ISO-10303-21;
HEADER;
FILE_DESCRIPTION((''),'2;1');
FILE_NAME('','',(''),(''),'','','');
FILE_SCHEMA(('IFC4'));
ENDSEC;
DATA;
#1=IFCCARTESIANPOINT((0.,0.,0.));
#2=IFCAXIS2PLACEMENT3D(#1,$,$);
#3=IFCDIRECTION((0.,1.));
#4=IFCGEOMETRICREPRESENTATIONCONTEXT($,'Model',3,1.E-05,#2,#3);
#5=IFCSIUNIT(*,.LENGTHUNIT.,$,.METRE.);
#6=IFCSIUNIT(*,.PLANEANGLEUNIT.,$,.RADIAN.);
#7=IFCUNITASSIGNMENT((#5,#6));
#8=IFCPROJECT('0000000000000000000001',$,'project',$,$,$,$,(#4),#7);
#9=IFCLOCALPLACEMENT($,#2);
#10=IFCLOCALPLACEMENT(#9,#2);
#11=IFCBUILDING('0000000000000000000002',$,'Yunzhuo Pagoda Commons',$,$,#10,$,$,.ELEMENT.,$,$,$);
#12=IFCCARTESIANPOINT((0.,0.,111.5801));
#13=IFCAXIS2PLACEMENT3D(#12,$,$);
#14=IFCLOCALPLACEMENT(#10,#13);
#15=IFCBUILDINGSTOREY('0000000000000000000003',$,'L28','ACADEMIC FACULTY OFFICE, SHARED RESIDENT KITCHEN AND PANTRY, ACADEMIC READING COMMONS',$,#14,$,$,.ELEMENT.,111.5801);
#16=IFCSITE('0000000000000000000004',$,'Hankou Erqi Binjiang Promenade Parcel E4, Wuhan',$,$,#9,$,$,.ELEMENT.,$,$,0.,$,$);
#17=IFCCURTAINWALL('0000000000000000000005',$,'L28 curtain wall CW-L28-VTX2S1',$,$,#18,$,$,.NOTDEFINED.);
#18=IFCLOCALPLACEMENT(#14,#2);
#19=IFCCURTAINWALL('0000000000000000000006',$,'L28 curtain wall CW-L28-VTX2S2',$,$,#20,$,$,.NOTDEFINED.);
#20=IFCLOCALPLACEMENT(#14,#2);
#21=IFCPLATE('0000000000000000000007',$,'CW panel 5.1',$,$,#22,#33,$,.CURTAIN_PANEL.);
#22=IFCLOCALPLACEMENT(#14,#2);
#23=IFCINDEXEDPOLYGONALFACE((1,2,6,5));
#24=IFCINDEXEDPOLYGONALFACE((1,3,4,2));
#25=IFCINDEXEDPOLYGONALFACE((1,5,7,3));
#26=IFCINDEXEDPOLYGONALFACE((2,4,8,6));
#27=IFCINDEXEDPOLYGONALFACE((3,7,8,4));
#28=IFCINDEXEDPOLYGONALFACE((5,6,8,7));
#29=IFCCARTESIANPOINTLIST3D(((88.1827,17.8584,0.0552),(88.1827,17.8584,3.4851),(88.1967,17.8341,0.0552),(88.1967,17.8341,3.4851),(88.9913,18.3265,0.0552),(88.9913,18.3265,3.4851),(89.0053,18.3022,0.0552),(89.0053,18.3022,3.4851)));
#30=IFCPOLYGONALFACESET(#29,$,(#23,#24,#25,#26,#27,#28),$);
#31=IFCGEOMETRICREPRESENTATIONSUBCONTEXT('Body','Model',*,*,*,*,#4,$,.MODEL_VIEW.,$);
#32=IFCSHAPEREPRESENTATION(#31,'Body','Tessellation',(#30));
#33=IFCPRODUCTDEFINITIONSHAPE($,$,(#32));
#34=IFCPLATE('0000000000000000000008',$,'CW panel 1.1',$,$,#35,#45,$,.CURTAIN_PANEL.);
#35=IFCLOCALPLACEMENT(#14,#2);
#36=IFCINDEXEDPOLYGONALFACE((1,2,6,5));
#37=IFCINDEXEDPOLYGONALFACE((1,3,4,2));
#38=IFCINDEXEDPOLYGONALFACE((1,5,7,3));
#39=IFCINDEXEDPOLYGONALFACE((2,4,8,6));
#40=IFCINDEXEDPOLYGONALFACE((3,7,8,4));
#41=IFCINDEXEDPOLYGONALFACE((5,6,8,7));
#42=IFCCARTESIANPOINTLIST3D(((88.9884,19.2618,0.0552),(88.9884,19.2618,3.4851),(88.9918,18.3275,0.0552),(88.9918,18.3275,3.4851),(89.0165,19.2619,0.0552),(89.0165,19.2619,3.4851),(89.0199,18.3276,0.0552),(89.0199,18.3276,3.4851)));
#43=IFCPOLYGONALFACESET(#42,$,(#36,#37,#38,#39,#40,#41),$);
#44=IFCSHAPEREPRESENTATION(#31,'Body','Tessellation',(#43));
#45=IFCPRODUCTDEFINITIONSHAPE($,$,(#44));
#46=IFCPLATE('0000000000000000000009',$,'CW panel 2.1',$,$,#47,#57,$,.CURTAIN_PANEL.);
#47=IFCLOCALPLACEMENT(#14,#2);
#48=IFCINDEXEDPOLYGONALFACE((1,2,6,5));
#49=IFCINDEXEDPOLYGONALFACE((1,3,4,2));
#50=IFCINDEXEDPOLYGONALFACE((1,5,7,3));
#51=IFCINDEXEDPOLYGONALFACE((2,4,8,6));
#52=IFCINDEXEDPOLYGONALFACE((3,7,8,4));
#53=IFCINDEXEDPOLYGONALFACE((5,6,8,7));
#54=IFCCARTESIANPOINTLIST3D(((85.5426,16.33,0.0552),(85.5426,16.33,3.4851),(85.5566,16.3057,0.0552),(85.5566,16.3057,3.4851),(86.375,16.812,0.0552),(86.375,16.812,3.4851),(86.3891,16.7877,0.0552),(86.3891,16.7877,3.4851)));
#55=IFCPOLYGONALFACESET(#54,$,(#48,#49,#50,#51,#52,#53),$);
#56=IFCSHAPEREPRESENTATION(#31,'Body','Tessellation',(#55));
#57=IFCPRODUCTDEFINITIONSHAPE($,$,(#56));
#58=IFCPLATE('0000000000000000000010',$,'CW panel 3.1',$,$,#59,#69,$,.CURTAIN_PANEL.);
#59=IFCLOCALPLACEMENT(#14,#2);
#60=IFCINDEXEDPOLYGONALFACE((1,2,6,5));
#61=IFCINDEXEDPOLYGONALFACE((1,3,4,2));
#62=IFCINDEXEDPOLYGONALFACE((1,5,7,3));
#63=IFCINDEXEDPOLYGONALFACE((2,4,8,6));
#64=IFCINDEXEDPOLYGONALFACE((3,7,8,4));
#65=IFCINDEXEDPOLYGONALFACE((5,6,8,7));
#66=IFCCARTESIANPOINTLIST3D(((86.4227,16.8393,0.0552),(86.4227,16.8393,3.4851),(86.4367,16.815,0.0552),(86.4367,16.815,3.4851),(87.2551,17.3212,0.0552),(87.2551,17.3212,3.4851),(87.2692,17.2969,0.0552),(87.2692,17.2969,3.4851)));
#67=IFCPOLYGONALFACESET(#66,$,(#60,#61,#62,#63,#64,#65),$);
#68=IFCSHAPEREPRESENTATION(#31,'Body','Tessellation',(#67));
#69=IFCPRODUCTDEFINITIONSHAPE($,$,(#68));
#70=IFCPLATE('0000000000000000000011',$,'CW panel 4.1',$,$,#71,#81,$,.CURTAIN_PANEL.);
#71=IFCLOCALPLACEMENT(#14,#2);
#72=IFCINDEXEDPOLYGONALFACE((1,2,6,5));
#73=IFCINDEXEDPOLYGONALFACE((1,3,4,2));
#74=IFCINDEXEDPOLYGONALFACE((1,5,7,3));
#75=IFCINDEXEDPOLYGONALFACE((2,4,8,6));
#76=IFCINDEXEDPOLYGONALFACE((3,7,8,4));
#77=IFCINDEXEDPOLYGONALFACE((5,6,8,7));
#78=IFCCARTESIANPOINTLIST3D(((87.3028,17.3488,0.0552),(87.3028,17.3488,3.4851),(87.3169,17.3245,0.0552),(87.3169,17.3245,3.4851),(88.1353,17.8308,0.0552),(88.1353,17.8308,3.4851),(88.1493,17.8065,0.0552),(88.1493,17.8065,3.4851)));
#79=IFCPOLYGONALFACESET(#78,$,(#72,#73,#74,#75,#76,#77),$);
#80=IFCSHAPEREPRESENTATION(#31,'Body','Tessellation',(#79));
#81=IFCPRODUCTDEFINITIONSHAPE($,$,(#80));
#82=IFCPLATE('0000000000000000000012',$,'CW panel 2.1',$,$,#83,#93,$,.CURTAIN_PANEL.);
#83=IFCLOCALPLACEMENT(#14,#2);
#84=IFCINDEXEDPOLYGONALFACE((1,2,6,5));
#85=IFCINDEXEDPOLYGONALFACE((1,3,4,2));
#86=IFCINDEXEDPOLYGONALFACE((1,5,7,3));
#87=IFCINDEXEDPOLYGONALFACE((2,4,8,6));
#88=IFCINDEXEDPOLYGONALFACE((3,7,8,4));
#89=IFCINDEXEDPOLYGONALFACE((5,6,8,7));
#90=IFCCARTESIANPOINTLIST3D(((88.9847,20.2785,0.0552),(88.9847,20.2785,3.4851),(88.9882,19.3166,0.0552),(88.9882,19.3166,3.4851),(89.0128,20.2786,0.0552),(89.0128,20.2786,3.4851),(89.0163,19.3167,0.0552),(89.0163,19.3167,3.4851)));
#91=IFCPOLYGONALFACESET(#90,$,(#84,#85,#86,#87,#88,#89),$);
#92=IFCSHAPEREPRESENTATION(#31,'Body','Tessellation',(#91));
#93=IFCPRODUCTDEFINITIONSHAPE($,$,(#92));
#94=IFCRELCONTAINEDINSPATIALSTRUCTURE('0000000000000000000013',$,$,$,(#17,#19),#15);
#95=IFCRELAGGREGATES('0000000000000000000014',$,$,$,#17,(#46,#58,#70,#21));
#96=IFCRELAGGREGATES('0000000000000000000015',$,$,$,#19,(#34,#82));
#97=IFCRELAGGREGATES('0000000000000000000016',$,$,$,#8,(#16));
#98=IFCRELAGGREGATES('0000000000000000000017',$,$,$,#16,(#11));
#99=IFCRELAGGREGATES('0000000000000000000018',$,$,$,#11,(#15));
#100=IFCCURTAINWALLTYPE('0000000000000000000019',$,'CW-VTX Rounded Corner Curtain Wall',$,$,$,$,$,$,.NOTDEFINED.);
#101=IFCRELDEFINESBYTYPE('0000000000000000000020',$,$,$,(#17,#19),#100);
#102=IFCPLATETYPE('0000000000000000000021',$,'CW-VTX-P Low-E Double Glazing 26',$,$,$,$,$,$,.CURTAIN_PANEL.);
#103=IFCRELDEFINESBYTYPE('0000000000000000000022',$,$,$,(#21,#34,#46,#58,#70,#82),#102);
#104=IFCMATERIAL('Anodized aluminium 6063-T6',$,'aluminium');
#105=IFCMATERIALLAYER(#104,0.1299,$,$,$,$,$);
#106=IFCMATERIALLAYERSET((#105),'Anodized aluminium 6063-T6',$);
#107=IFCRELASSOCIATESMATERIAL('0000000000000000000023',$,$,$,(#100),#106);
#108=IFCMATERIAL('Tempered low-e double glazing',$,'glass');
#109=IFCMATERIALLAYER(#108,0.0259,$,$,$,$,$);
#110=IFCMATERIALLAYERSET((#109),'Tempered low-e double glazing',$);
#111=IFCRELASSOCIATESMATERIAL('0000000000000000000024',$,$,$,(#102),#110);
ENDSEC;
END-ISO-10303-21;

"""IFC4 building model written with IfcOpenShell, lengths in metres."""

from ifc_helpers import new_model, si_unit, direction, frame, origin, origin_2d, place, context, subcontext, project, spatial, rectangle, extrude, source, transform, mapped, material, layer, layer_set, type_object, element, aggregate, save


model = new_model("IFC4")

# Units and contexts
model_context = context("Model", 3, precision=1e-05, world=origin(), true_north=direction((0.0, 1.0)))
body_context = subcontext(model_context, "Body", "Model", "MODEL_VIEW")
ifc_project = project(units=[si_unit("LENGTHUNIT", "METRE"), si_unit("PLANEANGLEUNIT", "RADIAN")], contexts=[model_context])

# Site, building, storey
site_placement = place(None, origin())
site = spatial("IfcSite", under=ifc_project, at=site_placement, Name="Hankou Erqi Binjiang Promenade Parcel E4, Wuhan", CompositionType="ELEMENT", RefElevation=0.0)
building_placement = place(site_placement, origin())
building = spatial("IfcBuilding", under=site, at=building_placement, Name="Yunzhuo Pagoda Commons", CompositionType="ELEMENT")
storey_placement = place(building_placement, frame((0.0, 0.0, 111.5801)))
storey = spatial("IfcBuildingStorey", under=building, at=storey_placement, Name="L28", Description="ACADEMIC FACULTY OFFICE, SHARED RESIDENT KITCHEN AND PANTRY, ACADEMIC READING COMMONS", CompositionType="ELEMENT", Elevation=111.5801)

# Shared definitions
ifc_material_1 = material(Name="Anodized aluminium 6063-T6", Category="aluminium")

# Curtain wall
ifc_layer_1 = layer(ifc_material_1, 0.1299)
ifc_layer_set_1 = layer_set([ifc_layer_1], Name="Anodized aluminium 6063-T6")
curtain_wall_type_1 = type_object("IfcCurtainWallType", Name="CW-VTX Rounded Corner Curtain Wall", PredefinedType="NOTDEFINED", material=ifc_layer_set_1)
curtain_wall_1_placement = place(storey_placement, origin())
curtain_wall_1 = element("IfcCurtainWall", 1, at=curtain_wall_1_placement, inside=storey, type_object=curtain_wall_type_1, Name="L28 curtain wall CW-L28-VTX2S1", PredefinedType="NOTDEFINED")

# Curtain wall
curtain_wall_2_placement = place(storey_placement, origin())
curtain_wall_2 = element("IfcCurtainWall", 2, at=curtain_wall_2_placement, inside=storey, type_object=curtain_wall_type_1, Name="L28 curtain wall CW-L28-VTX2S2", PredefinedType="NOTDEFINED")

# Plates
ifc_material_2 = material(Name="Tempered low-e double glazing", Category="glass")
ifc_layer_2 = layer(ifc_material_2, 0.0259)
ifc_layer_set_2 = layer_set([ifc_layer_2], Name="Tempered low-e double glazing")
plate_type = type_object("IfcPlateType", Name="CW-VTX-P Low-E Double Glazing 26", PredefinedType="CURTAIN_PANEL", material=ifc_layer_set_2)
shared_shape_1 = source(origin(), body_context, "Body", "SweptSolid", [
    extrude(rectangle(XDim=0.9343, YDim=0.0281, at=origin_2d()), origin(), (0.0, 0.0, 1.0), 3.4299),
])
plate_1_placement = place(storey_placement, frame((88.594, 18.0803, 0.0552), z_axis=(0.0, 0.0, 1.0), x_axis=(0.865429, 0.501032, 0.0)))
plate_1 = element("IfcPlate", 3, at=plate_1_placement, type_object=plate_type, Name="CW panel 5.1", PredefinedType="CURTAIN_PANEL", context=body_context, shape_type="MappedRepresentation", body=[
    mapped(shared_shape_1, transform((0.0, 0.0, 0.0), scale=1.0)),
])
plate_2_placement = place(storey_placement, frame((89.0042, 18.7947, 0.0552), z_axis=(0.0, 0.0, 1.0), x_axis=(-0.003599, 0.999994, 0.0)))
plate_2 = element("IfcPlate", 4, at=plate_2_placement, type_object=plate_type, Name="CW panel 1.1", PredefinedType="CURTAIN_PANEL", context=body_context, shape_type="MappedRepresentation", body=[
    mapped(shared_shape_1, transform((0.0, 0.0, 0.0), scale=1.0)),
])
shared_shape_2 = source(origin(), body_context, "Body", "SweptSolid", [
    extrude(rectangle(XDim=0.9619, YDim=0.0281, at=origin_2d()), origin(), (0.0, 0.0, 1.0), 3.4299),
])
plate_3_placement = place(storey_placement, frame((85.9658, 16.5588, 0.0552), z_axis=(0.0, 0.0, 1.0), x_axis=(0.865429, 0.501032, 0.0)))
plate_3 = element("IfcPlate", 5, at=plate_3_placement, type_object=plate_type, Name="CW panel 2.1", PredefinedType="CURTAIN_PANEL", context=body_context, shape_type="MappedRepresentation", body=[
    mapped(shared_shape_2, transform((0.0, 0.0, 0.0), scale=1.0)),
])
plate_4_placement = place(storey_placement, frame((86.8459, 17.0681, 0.0552), z_axis=(0.0, 0.0, 1.0), x_axis=(0.865429, 0.501032, 0.0)))
plate_4 = element("IfcPlate", 6, at=plate_4_placement, type_object=plate_type, Name="CW panel 3.1", PredefinedType="CURTAIN_PANEL", context=body_context, shape_type="MappedRepresentation", body=[
    mapped(shared_shape_2, transform((0.0, 0.0, 0.0), scale=1.0)),
])
plate_5_placement = place(storey_placement, frame((87.7261, 17.5776, 0.0552), z_axis=(0.0, 0.0, 1.0), x_axis=(0.865429, 0.501032, 0.0)))
plate_5 = element("IfcPlate", 7, at=plate_5_placement, type_object=plate_type, Name="CW panel 4.1", PredefinedType="CURTAIN_PANEL", context=body_context, shape_type="MappedRepresentation", body=[
    mapped(shared_shape_2, transform((0.0, 0.0, 0.0), scale=1.0)),
])
aggregate(curtain_wall_1, [plate_3, plate_4, plate_5, plate_1])
plate_6_placement = place(storey_placement, frame((89.0005, 19.7976, 0.0552), z_axis=(0.0, 0.0, 1.0), x_axis=(-0.003599, 0.999994, 0.0)))
plate_6 = element("IfcPlate", 8, at=plate_6_placement, type_object=plate_type, Name="CW panel 2.1", PredefinedType="CURTAIN_PANEL", context=body_context, shape_type="MappedRepresentation", body=[
    mapped(shared_shape_2, transform((0.0, 0.0, 0.0), scale=1.0)),
])
aggregate(curtain_wall_2, [plate_2, plate_6])

save(model, "model.ifc")
